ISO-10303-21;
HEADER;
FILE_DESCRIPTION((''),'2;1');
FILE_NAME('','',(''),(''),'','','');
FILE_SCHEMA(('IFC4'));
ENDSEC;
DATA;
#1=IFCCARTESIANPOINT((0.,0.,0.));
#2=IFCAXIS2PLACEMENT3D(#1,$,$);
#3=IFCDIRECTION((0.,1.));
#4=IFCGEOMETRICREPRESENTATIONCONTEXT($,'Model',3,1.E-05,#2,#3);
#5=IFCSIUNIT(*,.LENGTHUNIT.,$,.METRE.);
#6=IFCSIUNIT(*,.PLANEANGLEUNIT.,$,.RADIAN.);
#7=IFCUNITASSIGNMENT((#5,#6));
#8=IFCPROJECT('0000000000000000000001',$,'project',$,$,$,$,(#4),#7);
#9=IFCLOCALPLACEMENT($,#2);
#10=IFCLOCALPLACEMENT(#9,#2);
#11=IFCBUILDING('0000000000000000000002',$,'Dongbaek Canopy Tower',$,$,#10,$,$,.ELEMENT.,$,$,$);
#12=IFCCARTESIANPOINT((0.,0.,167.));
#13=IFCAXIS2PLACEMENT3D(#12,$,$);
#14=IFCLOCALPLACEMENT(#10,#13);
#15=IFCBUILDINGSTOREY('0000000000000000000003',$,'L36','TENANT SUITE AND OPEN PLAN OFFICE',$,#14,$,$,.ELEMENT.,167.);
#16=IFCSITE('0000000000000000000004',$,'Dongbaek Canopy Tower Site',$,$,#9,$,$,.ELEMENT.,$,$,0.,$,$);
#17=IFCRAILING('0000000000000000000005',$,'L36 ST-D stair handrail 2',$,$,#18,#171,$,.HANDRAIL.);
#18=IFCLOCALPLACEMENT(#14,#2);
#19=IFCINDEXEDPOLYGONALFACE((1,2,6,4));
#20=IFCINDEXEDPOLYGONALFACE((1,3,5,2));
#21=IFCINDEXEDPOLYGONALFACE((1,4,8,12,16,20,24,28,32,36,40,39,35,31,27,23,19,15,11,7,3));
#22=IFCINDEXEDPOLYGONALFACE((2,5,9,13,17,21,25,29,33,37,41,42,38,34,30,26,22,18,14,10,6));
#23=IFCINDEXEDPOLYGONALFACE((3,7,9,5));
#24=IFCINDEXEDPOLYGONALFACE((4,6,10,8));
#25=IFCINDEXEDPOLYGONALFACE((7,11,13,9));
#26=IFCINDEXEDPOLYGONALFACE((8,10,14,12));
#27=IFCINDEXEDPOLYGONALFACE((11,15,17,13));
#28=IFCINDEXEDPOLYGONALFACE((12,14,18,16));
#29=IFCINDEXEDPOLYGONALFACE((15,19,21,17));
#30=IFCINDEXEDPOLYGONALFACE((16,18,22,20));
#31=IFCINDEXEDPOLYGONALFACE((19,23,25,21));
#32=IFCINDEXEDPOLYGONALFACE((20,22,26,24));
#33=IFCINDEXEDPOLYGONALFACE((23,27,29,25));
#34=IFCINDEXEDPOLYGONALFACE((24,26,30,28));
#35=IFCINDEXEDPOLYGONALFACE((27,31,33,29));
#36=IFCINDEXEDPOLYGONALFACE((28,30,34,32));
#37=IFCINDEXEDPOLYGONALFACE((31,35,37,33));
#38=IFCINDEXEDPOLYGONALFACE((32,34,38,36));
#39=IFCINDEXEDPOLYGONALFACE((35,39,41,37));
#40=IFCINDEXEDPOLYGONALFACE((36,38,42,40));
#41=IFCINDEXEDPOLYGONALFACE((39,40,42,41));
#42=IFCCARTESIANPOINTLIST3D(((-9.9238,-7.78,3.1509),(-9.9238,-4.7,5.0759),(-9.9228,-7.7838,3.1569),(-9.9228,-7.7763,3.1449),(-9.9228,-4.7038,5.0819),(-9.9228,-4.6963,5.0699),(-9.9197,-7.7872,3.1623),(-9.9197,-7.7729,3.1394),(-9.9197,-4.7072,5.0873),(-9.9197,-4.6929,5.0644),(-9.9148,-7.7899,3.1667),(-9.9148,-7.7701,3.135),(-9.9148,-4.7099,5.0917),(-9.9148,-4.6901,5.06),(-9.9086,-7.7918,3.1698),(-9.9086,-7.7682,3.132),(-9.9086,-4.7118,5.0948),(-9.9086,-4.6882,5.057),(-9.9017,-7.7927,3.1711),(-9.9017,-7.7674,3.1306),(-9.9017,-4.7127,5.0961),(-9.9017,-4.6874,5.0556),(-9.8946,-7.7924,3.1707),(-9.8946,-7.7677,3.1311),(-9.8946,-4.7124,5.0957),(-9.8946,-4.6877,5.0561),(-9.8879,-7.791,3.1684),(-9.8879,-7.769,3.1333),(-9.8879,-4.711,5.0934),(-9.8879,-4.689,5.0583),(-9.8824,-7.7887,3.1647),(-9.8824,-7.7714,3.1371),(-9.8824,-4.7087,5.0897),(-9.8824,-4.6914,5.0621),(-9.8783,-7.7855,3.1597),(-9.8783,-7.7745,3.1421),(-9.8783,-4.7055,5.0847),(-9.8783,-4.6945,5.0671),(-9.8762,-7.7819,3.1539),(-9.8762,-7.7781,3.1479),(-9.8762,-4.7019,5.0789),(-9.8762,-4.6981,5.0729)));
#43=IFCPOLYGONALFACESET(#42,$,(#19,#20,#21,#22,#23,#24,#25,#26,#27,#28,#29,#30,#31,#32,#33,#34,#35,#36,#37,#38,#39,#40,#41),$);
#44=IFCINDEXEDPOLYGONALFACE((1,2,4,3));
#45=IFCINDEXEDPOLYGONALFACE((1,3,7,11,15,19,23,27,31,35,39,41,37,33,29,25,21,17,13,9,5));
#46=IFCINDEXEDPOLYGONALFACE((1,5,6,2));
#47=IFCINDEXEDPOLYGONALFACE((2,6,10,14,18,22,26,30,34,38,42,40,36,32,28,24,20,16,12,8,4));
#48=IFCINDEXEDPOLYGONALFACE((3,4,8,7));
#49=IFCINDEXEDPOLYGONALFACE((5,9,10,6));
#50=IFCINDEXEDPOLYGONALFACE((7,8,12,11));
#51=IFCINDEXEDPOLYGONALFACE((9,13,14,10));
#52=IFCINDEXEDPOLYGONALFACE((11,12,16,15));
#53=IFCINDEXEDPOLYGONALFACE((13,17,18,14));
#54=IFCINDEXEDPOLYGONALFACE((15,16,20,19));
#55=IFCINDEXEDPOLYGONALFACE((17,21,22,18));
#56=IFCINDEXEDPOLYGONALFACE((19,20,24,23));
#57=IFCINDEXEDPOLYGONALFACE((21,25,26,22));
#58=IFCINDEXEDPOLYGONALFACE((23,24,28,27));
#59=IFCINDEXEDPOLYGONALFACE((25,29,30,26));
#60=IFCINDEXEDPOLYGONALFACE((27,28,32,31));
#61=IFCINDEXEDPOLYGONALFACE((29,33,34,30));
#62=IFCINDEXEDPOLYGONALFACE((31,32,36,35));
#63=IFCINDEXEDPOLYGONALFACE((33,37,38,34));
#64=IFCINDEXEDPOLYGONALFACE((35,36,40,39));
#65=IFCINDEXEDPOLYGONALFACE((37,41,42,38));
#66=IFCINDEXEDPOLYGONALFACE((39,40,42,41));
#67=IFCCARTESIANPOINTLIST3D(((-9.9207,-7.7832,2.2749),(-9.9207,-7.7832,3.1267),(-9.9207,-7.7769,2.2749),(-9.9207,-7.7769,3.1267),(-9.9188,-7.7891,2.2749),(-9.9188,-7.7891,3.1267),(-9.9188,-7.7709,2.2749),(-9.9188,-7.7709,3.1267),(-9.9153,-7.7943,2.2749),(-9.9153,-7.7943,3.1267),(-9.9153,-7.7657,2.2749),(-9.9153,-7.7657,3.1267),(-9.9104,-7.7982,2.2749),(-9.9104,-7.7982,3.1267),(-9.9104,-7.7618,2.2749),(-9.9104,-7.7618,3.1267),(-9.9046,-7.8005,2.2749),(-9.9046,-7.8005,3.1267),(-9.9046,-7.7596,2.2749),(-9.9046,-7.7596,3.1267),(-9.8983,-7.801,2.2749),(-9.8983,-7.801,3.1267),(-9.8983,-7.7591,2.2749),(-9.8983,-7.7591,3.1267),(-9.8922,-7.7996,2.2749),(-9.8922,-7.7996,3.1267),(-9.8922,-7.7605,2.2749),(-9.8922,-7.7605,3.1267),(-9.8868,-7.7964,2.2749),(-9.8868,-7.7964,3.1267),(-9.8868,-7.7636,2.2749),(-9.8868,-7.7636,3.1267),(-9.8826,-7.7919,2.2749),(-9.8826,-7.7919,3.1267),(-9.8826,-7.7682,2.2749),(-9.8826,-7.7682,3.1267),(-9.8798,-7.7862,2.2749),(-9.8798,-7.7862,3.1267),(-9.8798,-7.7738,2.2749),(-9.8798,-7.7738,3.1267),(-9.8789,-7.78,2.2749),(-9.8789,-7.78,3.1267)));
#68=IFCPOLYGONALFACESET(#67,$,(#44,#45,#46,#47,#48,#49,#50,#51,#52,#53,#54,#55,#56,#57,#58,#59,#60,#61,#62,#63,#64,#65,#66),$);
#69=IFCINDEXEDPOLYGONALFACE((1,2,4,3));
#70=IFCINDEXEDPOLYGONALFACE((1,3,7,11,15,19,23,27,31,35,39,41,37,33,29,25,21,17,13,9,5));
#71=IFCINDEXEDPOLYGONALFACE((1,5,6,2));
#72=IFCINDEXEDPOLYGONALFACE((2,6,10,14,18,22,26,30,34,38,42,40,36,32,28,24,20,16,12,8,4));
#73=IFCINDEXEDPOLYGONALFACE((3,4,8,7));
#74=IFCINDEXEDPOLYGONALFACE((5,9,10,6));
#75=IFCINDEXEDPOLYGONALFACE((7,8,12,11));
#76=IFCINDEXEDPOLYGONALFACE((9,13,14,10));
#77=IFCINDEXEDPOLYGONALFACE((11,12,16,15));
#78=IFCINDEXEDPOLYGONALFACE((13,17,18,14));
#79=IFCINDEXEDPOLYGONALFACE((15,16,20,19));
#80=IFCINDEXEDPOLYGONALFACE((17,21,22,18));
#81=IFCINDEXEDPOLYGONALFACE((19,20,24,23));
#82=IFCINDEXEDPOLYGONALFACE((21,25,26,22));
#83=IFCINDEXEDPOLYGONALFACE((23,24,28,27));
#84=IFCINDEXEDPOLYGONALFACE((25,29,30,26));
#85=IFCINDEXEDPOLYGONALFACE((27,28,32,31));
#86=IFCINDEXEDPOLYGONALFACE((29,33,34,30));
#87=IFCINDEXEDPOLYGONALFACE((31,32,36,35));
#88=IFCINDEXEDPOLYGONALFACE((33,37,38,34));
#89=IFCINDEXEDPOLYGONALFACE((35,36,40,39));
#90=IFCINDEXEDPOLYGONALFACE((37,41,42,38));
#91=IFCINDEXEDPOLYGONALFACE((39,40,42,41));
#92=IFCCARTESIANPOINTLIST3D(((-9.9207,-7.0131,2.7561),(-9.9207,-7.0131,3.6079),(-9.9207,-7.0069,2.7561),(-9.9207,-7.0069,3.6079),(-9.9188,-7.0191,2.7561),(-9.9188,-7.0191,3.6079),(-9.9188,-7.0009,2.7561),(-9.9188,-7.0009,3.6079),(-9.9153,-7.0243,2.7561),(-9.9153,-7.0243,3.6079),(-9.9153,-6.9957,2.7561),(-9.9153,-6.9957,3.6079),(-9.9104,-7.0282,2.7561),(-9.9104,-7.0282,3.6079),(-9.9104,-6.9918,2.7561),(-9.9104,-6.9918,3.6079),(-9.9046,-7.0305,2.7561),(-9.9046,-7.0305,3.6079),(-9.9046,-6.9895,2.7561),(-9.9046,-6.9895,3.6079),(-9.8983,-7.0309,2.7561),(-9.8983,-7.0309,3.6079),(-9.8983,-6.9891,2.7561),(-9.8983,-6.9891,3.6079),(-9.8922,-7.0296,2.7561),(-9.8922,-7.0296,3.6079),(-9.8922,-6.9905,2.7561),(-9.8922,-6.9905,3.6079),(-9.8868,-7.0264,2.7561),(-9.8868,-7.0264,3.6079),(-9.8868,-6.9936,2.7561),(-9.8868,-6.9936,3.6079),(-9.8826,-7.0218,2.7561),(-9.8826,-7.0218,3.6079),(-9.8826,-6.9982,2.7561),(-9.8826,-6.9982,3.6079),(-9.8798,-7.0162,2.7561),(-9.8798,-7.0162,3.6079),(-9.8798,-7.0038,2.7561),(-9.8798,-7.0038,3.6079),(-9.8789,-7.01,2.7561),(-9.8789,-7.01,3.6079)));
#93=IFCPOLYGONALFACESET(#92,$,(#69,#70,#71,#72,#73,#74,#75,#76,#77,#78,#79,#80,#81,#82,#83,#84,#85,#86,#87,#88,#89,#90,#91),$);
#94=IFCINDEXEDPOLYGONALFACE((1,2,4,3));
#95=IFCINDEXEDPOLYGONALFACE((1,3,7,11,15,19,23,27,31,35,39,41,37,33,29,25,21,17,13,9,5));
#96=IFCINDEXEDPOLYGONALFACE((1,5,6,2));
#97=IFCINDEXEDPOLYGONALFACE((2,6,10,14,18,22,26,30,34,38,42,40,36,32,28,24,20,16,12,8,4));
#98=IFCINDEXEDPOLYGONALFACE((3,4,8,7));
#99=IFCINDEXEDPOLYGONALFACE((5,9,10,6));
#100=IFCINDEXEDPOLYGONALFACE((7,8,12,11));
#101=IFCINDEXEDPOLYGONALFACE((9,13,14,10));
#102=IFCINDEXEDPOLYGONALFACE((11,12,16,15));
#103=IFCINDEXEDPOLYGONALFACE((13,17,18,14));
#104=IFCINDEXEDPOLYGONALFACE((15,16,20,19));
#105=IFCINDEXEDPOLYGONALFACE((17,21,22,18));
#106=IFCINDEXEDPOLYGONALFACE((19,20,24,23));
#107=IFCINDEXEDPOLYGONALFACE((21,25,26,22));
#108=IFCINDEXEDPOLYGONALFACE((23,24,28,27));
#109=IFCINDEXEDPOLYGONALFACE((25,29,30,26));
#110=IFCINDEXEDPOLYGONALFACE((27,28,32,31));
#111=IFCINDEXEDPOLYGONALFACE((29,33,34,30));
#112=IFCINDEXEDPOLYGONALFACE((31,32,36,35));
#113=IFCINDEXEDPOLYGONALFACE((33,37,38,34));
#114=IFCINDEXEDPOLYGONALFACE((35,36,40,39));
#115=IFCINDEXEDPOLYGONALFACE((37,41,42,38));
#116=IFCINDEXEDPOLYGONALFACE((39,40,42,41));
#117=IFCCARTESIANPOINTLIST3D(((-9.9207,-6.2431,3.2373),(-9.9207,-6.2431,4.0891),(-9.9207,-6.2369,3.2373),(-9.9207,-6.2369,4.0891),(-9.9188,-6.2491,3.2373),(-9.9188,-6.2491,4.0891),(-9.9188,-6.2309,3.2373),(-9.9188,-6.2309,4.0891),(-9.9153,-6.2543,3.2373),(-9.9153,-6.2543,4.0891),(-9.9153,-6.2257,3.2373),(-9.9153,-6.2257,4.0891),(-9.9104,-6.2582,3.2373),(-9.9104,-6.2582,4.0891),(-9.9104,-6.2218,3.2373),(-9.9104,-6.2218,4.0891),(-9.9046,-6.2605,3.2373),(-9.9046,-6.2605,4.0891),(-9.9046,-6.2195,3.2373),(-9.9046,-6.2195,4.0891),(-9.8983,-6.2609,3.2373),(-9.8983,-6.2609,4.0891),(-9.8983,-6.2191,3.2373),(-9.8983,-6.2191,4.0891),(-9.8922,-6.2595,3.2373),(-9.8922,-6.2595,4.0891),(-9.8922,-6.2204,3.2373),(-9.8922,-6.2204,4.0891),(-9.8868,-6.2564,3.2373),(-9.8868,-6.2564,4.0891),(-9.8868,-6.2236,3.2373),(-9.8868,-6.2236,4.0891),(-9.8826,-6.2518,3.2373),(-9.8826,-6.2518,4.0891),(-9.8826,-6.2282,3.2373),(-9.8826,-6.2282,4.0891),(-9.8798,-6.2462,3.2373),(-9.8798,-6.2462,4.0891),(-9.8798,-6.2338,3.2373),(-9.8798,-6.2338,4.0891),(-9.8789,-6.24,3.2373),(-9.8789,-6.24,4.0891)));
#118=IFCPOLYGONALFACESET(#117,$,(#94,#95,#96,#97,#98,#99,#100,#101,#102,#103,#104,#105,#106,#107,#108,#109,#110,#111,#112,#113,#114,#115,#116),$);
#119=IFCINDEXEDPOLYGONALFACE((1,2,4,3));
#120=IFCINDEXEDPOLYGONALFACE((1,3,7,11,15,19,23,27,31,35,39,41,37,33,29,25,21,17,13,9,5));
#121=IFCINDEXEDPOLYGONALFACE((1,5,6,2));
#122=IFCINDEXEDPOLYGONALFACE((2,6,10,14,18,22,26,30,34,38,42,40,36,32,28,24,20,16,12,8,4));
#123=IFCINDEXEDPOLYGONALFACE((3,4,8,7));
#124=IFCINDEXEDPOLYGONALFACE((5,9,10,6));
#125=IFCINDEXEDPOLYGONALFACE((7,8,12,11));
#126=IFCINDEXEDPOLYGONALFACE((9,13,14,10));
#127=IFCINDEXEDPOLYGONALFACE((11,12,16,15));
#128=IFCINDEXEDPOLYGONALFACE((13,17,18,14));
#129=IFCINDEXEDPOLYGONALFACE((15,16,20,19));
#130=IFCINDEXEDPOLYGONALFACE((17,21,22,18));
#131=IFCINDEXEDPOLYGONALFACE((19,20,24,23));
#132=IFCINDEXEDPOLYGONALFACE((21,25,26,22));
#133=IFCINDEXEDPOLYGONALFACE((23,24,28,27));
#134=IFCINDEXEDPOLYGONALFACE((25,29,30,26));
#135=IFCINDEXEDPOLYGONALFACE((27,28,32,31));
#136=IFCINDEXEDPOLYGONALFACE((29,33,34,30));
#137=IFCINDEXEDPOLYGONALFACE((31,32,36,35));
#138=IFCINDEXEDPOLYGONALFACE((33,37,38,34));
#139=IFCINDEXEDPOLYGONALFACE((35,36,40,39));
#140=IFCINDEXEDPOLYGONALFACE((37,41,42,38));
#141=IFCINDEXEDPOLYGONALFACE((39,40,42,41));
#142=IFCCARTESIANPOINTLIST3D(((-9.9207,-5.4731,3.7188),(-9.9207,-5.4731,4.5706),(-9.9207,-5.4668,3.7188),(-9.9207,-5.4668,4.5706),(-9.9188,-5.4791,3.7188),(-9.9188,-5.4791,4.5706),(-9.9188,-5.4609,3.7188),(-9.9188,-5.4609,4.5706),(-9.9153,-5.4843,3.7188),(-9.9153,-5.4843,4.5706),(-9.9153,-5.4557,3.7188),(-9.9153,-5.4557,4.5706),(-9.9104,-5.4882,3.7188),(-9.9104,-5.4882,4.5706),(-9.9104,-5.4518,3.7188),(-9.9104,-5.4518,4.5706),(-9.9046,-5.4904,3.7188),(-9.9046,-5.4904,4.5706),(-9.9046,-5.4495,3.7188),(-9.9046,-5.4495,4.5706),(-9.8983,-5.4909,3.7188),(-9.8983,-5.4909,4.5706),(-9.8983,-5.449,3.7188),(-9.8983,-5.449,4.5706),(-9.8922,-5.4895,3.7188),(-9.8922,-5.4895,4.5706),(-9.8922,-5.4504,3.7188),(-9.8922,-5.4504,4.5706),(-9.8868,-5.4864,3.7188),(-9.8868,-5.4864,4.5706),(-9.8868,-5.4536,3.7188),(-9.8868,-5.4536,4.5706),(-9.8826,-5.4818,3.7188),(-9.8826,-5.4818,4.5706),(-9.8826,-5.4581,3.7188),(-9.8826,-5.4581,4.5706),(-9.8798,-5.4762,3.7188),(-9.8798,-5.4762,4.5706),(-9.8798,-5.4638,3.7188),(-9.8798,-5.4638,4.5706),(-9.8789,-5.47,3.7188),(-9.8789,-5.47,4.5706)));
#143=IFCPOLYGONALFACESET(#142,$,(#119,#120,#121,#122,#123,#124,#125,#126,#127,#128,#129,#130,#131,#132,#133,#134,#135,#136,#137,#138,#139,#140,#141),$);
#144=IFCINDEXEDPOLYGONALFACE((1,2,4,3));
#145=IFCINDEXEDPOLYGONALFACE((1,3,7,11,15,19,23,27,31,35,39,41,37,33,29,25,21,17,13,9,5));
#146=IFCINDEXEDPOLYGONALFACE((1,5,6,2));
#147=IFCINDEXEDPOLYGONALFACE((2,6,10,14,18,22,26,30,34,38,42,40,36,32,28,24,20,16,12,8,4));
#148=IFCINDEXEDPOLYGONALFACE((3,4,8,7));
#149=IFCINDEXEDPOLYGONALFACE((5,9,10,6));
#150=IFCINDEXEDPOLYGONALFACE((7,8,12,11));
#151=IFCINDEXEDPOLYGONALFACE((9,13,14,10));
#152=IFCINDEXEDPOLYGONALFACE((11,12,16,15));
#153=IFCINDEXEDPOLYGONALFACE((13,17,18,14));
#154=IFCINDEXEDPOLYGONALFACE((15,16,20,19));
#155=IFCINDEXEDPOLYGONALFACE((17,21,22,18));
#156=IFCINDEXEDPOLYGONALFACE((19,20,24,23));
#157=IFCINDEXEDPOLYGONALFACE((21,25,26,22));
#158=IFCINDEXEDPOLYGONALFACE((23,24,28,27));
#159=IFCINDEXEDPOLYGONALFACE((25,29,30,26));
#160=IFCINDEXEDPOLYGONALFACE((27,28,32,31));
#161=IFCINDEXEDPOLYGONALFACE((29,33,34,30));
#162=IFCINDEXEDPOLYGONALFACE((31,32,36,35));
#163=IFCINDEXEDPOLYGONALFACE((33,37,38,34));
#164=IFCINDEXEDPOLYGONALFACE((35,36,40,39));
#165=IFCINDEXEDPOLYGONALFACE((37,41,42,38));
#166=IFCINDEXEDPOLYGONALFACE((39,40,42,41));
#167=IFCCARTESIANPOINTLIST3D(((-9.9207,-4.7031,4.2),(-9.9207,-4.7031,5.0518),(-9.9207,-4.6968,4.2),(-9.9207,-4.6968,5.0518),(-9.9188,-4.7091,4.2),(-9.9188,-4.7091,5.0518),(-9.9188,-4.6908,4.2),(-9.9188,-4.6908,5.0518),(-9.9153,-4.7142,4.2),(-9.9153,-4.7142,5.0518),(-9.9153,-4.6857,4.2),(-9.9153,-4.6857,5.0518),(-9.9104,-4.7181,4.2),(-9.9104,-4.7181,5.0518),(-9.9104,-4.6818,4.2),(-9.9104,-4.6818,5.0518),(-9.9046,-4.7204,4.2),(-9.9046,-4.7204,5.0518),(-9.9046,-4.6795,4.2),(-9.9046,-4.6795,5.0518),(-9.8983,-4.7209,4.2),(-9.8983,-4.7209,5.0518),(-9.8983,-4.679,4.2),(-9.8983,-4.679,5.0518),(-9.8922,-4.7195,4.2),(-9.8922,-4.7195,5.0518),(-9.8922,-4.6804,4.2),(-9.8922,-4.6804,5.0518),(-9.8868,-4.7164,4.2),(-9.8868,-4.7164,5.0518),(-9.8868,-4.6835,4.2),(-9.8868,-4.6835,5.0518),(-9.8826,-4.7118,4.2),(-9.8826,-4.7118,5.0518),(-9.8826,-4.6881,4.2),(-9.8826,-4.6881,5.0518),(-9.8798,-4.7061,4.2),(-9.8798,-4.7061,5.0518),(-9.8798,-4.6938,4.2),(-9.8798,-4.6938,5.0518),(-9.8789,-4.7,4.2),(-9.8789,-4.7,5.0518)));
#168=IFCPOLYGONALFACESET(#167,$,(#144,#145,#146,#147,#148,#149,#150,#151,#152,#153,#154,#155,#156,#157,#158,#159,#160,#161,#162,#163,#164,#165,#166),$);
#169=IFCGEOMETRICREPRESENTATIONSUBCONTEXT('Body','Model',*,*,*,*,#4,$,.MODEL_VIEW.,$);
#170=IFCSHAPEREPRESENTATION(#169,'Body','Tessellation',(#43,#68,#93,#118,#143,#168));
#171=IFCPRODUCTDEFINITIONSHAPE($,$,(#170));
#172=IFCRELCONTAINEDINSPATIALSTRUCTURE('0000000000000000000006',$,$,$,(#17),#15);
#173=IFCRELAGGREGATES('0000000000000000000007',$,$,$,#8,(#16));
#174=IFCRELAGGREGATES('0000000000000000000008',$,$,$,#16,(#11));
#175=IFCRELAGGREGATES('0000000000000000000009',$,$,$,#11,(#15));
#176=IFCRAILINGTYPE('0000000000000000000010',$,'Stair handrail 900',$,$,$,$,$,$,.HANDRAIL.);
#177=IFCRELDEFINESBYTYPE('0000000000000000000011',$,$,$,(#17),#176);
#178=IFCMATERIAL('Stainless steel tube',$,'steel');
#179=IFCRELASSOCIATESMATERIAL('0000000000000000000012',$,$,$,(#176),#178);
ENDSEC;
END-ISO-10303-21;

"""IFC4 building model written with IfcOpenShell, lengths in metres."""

from ifc_helpers import new_model, si_unit, direction, frame, origin, origin_2d, place, context, subcontext, project, spatial, circle, extrude, material, type_object, element, save


model = new_model("IFC4")

# Units and contexts
model_context = context("Model", 3, precision=1e-05, world=origin(), true_north=direction((0.0, 1.0)))
body_context = subcontext(model_context, "Body", "Model", "MODEL_VIEW")
ifc_project = project(units=[si_unit("LENGTHUNIT", "METRE"), si_unit("PLANEANGLEUNIT", "RADIAN")], contexts=[model_context])

# Site, building, storey
site_placement = place(None, origin())
site = spatial("IfcSite", under=ifc_project, at=site_placement, Name="Dongbaek Canopy Tower Site", CompositionType="ELEMENT", RefElevation=0.0)
building_placement = place(site_placement, origin())
building = spatial("IfcBuilding", under=site, at=building_placement, Name="Dongbaek Canopy Tower", CompositionType="ELEMENT")
storey_placement = place(building_placement, frame((0.0, 0.0, 167.0)))
storey = spatial("IfcBuildingStorey", under=building, at=storey_placement, Name="L36", Description="TENANT SUITE AND OPEN PLAN OFFICE", CompositionType="ELEMENT", Elevation=167.0)

# Railing
ifc_material_1 = material(Name="Stainless steel tube", Category="steel")
railing_type_1 = type_object("IfcRailingType", Name="Stair handrail 900", PredefinedType="HANDRAIL", material=ifc_material_1)
railing_1_placement = place(storey_placement, frame((-9.8999, -7.78, 2.2749)))
element("IfcRailing", 1, at=railing_1_placement, inside=storey, type_object=railing_type_1, Name="L36 ST-D stair handrail 2", PredefinedType="HANDRAIL", context=body_context, shape_type="SweptSolid", body=[
    extrude(circle(Radius=0.0239, at=origin_2d()), frame((0.0, 0.0, 0.876), z_axis=(0.0, 0.847998, 0.529999), x_axis=(-1.0, 0.0, 0.0)), (0.0, 0.0, 1.0), 3.6321),
    extrude(circle(Radius=0.021, at=origin_2d()), origin(), (0.0, 0.0, 1.0), 0.8518),
    extrude(circle(Radius=0.021, at=origin_2d()), frame((0.0, 0.77, 0.4812)), (0.0, 0.0, 1.0), 0.8518),
    extrude(circle(Radius=0.021, at=origin_2d()), frame((0.0, 1.54, 0.9624)), (0.0, 0.0, 1.0), 0.8518),
    extrude(circle(Radius=0.021, at=origin_2d()), frame((0.0, 2.3101, 1.4438)), (0.0, 0.0, 1.0), 0.8518),
    extrude(circle(Radius=0.021, at=origin_2d()), frame((0.0, 3.0801, 1.925)), (0.0, 0.0, 1.0), 0.8518),
])

save(model, "model.ifc")
